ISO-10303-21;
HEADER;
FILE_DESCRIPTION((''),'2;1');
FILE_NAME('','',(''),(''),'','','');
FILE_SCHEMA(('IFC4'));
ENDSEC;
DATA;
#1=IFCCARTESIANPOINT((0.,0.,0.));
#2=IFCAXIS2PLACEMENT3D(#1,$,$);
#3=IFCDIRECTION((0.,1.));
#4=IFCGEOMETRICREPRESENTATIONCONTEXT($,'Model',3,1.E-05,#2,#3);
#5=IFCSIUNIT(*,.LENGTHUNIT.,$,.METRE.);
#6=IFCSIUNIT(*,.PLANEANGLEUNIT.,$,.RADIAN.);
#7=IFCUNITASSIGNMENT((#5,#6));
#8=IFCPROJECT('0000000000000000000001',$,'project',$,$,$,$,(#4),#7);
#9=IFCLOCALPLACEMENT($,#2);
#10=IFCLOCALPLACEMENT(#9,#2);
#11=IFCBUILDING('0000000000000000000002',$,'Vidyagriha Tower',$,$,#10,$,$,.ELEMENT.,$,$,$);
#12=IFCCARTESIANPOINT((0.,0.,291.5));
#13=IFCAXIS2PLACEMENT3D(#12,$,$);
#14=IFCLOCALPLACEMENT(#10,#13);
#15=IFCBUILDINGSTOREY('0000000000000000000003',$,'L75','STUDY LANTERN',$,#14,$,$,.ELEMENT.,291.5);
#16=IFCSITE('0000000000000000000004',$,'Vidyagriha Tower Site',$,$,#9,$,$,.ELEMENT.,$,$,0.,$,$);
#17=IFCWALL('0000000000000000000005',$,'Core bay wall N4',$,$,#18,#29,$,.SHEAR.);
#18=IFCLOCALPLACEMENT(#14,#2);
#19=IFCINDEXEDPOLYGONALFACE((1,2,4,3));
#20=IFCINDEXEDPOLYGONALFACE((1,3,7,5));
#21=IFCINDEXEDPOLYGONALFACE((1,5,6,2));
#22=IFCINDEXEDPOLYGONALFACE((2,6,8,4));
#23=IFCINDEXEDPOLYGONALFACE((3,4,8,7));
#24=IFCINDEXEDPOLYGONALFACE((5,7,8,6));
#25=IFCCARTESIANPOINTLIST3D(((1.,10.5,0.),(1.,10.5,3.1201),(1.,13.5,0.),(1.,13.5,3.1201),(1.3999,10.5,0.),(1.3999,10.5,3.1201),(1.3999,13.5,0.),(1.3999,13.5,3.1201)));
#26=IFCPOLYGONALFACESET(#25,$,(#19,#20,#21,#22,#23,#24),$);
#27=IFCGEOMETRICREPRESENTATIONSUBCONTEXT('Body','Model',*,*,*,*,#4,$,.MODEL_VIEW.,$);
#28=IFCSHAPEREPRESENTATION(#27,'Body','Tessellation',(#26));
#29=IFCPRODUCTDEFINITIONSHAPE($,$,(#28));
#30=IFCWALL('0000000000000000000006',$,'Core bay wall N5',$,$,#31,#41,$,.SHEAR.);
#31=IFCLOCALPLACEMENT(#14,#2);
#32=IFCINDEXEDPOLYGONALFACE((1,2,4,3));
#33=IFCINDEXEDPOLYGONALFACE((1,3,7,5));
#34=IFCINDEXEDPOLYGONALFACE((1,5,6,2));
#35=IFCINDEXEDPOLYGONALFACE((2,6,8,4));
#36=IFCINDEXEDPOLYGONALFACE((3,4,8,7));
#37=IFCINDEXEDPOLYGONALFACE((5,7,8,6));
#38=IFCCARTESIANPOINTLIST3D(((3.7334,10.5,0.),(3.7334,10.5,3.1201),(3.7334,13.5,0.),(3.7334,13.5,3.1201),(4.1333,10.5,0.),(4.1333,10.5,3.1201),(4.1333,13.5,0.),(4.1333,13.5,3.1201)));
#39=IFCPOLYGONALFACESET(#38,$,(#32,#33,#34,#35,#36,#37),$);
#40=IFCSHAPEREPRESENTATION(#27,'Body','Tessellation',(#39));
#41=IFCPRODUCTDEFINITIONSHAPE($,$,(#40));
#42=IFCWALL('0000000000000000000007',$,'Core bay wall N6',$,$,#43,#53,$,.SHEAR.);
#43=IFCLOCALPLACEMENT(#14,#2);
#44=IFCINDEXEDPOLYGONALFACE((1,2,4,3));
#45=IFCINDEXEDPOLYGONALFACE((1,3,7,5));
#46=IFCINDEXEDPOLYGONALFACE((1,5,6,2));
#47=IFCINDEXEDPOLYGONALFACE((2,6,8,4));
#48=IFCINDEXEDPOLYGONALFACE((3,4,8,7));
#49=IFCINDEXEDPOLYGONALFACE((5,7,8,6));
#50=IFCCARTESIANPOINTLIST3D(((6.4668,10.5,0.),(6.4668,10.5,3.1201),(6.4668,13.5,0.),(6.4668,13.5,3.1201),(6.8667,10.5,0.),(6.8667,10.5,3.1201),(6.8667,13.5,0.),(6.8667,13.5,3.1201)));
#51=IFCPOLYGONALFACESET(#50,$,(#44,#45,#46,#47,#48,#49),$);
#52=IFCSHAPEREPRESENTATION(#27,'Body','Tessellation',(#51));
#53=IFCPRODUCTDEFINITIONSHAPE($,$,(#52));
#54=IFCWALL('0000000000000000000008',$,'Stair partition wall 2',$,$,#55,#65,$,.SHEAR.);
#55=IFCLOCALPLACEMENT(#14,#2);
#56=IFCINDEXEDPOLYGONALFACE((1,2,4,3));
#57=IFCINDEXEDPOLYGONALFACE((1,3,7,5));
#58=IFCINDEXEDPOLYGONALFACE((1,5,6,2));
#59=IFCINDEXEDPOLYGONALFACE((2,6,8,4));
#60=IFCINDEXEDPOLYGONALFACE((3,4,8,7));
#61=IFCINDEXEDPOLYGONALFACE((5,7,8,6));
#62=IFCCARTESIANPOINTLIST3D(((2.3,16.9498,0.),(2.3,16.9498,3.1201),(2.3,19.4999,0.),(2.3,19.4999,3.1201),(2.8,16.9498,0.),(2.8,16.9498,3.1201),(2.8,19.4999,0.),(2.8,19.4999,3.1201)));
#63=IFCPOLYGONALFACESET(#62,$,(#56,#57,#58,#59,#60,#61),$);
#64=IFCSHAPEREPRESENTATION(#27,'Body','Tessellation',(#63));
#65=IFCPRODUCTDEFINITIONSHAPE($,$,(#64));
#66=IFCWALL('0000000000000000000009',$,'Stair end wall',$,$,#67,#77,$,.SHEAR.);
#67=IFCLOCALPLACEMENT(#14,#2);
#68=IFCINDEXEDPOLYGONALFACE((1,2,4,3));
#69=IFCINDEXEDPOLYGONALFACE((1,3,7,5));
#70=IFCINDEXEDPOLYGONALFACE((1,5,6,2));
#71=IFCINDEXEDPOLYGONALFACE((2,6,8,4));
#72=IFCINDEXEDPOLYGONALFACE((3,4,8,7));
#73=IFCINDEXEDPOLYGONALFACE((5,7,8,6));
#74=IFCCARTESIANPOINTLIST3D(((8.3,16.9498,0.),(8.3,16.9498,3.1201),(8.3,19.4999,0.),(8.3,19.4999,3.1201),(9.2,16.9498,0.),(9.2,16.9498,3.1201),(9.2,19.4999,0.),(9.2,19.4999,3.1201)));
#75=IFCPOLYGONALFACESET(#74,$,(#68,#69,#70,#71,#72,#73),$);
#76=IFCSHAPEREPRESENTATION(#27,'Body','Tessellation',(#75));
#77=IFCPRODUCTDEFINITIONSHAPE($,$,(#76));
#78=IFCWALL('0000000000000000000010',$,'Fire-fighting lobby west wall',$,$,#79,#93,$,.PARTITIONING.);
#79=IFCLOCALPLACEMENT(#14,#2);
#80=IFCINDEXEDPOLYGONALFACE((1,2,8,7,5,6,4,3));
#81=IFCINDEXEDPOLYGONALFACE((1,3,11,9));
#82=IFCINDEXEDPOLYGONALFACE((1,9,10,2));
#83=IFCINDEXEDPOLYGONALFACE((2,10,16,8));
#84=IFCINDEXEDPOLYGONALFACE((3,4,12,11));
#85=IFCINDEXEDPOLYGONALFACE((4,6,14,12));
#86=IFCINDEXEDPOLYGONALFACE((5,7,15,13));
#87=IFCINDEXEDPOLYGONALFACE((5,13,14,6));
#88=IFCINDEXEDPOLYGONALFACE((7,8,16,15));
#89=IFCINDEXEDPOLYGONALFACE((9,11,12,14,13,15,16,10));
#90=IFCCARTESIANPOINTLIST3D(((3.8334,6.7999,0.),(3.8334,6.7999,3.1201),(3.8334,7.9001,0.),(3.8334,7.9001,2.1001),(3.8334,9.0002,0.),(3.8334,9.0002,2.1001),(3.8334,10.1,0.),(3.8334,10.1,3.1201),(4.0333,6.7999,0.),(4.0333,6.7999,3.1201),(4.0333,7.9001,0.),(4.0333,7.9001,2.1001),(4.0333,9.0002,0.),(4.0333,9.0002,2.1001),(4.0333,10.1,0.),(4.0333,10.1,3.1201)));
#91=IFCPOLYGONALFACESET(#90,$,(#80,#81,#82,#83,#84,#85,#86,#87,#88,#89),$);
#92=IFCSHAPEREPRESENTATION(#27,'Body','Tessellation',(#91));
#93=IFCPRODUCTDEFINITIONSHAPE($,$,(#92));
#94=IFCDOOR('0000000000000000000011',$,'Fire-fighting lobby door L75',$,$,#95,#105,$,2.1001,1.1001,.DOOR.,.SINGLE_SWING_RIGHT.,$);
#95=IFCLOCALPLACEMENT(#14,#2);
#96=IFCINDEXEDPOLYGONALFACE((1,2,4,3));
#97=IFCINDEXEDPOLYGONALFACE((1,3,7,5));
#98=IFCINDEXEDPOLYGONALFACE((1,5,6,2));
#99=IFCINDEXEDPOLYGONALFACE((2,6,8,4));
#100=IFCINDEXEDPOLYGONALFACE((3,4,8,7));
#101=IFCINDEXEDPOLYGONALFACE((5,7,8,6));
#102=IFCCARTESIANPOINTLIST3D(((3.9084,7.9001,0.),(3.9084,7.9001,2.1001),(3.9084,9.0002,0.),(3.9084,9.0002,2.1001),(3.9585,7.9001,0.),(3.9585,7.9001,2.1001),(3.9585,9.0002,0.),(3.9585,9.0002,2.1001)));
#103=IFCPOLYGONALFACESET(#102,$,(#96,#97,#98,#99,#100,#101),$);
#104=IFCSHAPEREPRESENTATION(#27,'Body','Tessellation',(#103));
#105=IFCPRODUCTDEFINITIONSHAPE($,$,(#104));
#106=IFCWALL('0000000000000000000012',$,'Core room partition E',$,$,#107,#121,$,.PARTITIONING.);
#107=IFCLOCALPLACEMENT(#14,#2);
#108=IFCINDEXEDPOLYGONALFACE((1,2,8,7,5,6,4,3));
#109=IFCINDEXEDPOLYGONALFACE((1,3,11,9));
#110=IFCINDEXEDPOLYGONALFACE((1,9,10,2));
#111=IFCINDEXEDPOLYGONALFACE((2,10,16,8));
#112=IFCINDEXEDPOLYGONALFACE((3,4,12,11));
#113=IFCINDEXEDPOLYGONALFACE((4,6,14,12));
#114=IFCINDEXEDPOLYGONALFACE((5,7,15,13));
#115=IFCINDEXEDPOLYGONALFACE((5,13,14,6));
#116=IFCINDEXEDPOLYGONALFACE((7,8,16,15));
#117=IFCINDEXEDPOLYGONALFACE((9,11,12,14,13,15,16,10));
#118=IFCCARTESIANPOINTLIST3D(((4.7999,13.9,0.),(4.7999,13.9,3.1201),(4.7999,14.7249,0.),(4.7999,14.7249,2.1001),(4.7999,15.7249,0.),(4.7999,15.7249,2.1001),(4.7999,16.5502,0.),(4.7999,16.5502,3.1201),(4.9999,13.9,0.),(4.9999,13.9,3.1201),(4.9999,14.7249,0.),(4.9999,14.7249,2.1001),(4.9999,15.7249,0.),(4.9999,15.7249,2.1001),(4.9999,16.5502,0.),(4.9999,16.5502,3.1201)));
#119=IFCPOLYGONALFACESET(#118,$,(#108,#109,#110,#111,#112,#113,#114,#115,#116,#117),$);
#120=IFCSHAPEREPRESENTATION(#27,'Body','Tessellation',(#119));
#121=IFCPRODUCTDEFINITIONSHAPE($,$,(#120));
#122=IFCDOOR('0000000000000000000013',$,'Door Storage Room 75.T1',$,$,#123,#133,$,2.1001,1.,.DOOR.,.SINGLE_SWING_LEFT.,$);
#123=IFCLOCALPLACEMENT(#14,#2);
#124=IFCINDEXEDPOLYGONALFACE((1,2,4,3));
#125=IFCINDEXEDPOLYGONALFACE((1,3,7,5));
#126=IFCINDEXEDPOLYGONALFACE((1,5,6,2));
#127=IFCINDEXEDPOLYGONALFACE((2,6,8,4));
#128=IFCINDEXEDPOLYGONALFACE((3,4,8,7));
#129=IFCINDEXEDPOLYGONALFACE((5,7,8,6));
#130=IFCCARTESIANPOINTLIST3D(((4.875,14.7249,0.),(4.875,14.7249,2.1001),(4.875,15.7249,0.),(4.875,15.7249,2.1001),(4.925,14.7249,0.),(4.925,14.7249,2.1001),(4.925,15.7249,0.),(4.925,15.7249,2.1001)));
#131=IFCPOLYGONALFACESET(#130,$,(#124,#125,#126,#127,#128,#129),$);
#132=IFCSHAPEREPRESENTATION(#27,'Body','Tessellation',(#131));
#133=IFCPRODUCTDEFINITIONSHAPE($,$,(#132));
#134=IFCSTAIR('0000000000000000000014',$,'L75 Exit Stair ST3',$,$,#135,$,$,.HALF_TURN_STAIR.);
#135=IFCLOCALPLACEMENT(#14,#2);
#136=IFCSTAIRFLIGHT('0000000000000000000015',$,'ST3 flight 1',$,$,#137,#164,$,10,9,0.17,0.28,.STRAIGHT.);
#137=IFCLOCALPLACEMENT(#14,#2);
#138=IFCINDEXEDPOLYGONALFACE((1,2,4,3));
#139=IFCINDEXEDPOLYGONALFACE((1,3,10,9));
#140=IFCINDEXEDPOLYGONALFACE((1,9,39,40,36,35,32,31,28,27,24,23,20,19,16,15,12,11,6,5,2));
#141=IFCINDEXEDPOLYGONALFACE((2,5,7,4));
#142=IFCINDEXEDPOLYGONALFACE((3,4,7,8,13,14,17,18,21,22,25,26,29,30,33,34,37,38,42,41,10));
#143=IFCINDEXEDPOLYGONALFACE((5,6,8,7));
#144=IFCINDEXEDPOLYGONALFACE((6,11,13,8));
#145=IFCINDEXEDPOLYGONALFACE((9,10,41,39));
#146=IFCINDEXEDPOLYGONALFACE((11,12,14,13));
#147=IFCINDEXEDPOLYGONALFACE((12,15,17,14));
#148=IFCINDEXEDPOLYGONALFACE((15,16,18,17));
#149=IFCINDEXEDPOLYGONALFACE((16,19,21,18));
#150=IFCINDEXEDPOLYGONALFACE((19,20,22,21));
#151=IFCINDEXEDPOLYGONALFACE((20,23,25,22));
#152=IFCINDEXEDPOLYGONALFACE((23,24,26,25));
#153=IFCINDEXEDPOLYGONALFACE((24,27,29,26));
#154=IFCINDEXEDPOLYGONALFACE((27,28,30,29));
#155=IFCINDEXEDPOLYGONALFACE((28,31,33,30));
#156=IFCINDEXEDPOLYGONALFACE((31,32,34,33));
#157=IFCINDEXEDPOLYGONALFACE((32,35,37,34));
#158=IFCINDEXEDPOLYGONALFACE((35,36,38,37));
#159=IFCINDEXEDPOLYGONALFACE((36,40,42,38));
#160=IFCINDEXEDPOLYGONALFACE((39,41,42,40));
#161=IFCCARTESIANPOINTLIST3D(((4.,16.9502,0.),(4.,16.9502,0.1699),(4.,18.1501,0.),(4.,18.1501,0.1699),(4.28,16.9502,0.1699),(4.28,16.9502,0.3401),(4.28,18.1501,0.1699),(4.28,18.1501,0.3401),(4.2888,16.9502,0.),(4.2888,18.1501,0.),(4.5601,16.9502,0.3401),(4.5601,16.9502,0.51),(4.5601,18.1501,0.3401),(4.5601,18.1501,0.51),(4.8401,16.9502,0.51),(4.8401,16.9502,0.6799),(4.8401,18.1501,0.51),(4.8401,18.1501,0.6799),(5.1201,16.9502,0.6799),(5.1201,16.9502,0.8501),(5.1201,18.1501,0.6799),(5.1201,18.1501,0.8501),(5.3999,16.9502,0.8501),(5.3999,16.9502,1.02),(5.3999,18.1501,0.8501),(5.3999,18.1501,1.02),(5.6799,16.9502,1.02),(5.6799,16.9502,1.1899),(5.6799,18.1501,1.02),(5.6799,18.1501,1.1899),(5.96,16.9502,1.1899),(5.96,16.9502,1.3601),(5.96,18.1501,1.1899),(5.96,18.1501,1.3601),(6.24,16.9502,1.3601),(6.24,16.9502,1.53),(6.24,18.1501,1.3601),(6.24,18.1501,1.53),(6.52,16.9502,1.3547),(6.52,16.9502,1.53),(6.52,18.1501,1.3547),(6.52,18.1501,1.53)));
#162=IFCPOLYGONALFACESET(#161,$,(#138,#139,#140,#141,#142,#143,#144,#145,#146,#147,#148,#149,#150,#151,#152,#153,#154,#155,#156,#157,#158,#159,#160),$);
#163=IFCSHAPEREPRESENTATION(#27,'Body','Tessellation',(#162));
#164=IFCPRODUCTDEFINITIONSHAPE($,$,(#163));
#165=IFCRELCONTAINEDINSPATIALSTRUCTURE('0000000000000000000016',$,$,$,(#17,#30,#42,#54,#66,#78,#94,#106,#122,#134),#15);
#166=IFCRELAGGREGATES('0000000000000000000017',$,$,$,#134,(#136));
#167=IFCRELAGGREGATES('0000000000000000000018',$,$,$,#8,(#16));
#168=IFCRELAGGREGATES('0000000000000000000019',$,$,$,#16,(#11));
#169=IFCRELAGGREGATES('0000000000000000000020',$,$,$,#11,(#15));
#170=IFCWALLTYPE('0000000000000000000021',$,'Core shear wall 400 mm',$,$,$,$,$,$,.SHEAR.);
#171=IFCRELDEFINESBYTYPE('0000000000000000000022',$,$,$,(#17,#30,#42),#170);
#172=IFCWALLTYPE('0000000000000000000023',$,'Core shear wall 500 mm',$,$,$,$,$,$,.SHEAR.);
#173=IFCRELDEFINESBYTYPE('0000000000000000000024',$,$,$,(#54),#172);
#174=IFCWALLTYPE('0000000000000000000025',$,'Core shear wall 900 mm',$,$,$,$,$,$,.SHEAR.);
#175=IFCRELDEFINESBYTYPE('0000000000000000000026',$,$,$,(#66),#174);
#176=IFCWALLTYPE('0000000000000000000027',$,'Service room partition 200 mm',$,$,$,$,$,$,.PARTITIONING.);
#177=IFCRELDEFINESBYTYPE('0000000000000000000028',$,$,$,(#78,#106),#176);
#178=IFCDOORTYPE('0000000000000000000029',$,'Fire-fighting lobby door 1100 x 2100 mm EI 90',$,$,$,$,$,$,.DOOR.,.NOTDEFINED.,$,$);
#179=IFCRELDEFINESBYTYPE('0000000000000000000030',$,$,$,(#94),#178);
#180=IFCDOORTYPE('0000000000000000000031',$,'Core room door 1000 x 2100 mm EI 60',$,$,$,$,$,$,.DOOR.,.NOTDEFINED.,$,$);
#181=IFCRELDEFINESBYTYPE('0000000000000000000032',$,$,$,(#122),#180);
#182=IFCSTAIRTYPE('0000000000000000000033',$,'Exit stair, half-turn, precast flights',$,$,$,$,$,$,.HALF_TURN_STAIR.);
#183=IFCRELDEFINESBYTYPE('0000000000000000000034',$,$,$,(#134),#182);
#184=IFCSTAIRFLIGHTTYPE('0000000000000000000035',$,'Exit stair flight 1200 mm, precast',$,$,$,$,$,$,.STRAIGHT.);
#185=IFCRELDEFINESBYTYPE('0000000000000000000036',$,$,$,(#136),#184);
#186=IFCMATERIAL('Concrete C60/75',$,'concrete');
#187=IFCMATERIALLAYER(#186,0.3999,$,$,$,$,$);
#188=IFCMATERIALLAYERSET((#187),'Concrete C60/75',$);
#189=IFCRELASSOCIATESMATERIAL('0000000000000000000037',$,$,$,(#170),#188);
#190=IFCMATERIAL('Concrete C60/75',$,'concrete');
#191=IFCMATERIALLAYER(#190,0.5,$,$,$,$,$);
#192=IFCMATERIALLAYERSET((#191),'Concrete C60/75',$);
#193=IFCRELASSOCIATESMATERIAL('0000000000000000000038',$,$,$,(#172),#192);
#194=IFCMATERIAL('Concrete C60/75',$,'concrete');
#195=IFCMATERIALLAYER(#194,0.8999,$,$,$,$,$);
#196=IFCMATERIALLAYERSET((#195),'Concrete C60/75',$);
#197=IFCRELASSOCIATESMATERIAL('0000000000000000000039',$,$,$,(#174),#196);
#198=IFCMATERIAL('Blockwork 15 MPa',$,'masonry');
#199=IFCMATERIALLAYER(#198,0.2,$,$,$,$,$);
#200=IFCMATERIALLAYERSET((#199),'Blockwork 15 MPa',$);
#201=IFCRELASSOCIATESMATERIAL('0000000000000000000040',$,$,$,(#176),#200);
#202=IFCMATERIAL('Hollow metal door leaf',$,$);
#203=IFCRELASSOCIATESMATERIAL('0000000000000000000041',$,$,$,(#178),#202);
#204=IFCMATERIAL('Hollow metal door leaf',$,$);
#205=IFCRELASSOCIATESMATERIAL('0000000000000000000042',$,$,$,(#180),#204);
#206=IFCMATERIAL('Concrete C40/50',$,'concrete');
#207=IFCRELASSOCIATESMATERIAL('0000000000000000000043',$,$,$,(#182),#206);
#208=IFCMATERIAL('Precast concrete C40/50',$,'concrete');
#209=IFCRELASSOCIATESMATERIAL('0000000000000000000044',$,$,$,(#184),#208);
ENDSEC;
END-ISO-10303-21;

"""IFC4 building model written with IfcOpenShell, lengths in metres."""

from ifc_helpers import new_model, si_unit, direction, frame, frame_2d, origin, place, context, subcontext, project, spatial, polyline, rectangle, outline, extrude, material, layer, layer_set, type_object, element, fill, aggregate, save


model = new_model("IFC4")

# Units and contexts
model_context = context("Model", 3, precision=1e-05, world=origin(), true_north=direction((0.0, 1.0)))
body_context = subcontext(model_context, "Body", "Model", "MODEL_VIEW")
ifc_project = project(units=[si_unit("LENGTHUNIT", "METRE"), si_unit("PLANEANGLEUNIT", "RADIAN")], contexts=[model_context])

# Site, building, storey
site_placement = place(None, origin())
site = spatial("IfcSite", under=ifc_project, at=site_placement, Name="Vidyagriha Tower Site", CompositionType="ELEMENT", RefElevation=0.0)
building_placement = place(site_placement, origin())
building = spatial("IfcBuilding", under=site, at=building_placement, Name="Vidyagriha Tower", CompositionType="ELEMENT")
storey_placement = place(building_placement, frame((0.0, 0.0, 291.5)))
storey = spatial("IfcBuildingStorey", under=building, at=storey_placement, Name="L75", Description="STUDY LANTERN", CompositionType="ELEMENT", Elevation=291.5)

# Shared definitions
ifc_material_1 = material(Name="Concrete C60/75", Category="concrete")
ifc_layer_1 = layer(ifc_material_1, 0.3999)
ifc_layer_set_1 = layer_set([ifc_layer_1], Name="Concrete C60/75")
wall_type_1 = type_object("IfcWallType", Name="Core shear wall 400 mm", PredefinedType="SHEAR", material=ifc_layer_set_1)

# Walls
for number, where, z_axis, x_axis, name in (
    (1, (1.2, 10.5, 0.0), (0.0, 0.0, 1.0), (0.0, 1.0, 0.0), "Core bay wall N4"),
    (2, (3.9333, 10.5, 0.0), (0.0, 0.0, 1.0), (0.0, 1.0, 0.0), "Core bay wall N5"),
    (3, (6.6667, 10.5, 0.0), (0.0, 0.0, 1.0), (0.0, 1.0, 0.0), "Core bay wall N6"),
):
    element("IfcWall", number, at=place(storey_placement, frame(where, z_axis=z_axis, x_axis=x_axis)), inside=storey, type_object=wall_type_1, Name=name, PredefinedType="SHEAR", context=body_context, shape_type="SweptSolid", body=[
        extrude(rectangle(XDim=3.0, YDim=0.3999, at=frame_2d((1.5, 0.0))), origin(), (0.0, 0.0, 1.0), 3.1201),
    ])
ifc_material_2 = material(Name="Concrete C60/75", Category="concrete")
ifc_layer_2 = layer(ifc_material_2, 0.5)
ifc_layer_set_2 = layer_set([ifc_layer_2], Name="Concrete C60/75")
wall_type_2 = type_object("IfcWallType", Name="Core shear wall 500 mm", PredefinedType="SHEAR", material=ifc_layer_set_2)
wall_1_placement = place(storey_placement, frame((2.55, 16.95, 0.0), z_axis=(0.0, 0.0, 1.0), x_axis=(0.0, 1.0, 0.0)))
element("IfcWall", 4, at=wall_1_placement, inside=storey, type_object=wall_type_2, Name="Stair partition wall 2", PredefinedType="SHEAR", context=body_context, shape_type="SweptSolid", body=[
    extrude(rectangle(XDim=2.55, YDim=0.5, at=frame_2d((1.2749, 0.0))), origin(), (0.0, 0.0, 1.0), 3.1201),
])
ifc_material_3 = material(Name="Concrete C60/75", Category="concrete")
ifc_layer_3 = layer(ifc_material_3, 0.8999)
ifc_layer_set_3 = layer_set([ifc_layer_3], Name="Concrete C60/75")
wall_type_3 = type_object("IfcWallType", Name="Core shear wall 900 mm", PredefinedType="SHEAR", material=ifc_layer_set_3)
wall_2_placement = place(storey_placement, frame((8.75, 16.95, 0.0), z_axis=(0.0, 0.0, 1.0), x_axis=(0.0, 1.0, 0.0)))
element("IfcWall", 5, at=wall_2_placement, inside=storey, type_object=wall_type_3, Name="Stair end wall", PredefinedType="SHEAR", context=body_context, shape_type="SweptSolid", body=[
    extrude(rectangle(XDim=2.55, YDim=0.8999, at=frame_2d((1.2749, 0.0))), origin(), (0.0, 0.0, 1.0), 3.1201),
])

# Walls, openings, doors
ifc_material_4 = material(Name="Blockwork 15 MPa", Category="masonry")
ifc_layer_4 = layer(ifc_material_4, 0.2)
ifc_layer_set_4 = layer_set([ifc_layer_4], Name="Blockwork 15 MPa")
wall_type_4 = type_object("IfcWallType", Name="Service room partition 200 mm", PredefinedType="PARTITIONING", material=ifc_layer_set_4)
wall_3_placement = place(storey_placement, frame((3.9333, 6.8, 0.0), z_axis=(0.0, 0.0, 1.0), x_axis=(0.0, 1.0, 0.0)))
wall_3 = element("IfcWall", 6, at=wall_3_placement, inside=storey, type_object=wall_type_4, Name="Fire-fighting lobby west wall", PredefinedType="PARTITIONING", context=body_context, shape_type="SweptSolid", body=[
    extrude(rectangle(XDim=3.3, YDim=0.2, at=frame_2d((1.6499, 0.0))), origin(), (0.0, 0.0, 1.0), 3.1201),
])
opening_1_placement = place(wall_3_placement, frame((1.1001, 0.0, 0.0)))
opening_1 = element("IfcOpeningElement", 7, at=opening_1_placement, cuts=wall_3, PredefinedType="OPENING", context=body_context, shape_type="SweptSolid", body=[
    extrude(rectangle(XDim=1.1001, YDim=2.1001, at=frame_2d((0.55, 1.05))), frame((0.0, 0.1099, 0.0), z_axis=(0.0, -1.0, 0.0), x_axis=(1.0, 0.0, 0.0)), (0.0, 0.0, 1.0), 0.22),
])
ifc_material_5 = material(Name="Hollow metal door leaf")
door_type_1 = type_object("IfcDoorType", Name="Fire-fighting lobby door 1100 x 2100 mm EI 90", OperationType="NOTDEFINED", PredefinedType="DOOR", material=ifc_material_5)
door_1_placement = place(opening_1_placement, origin())
door_1 = element("IfcDoor", 8, at=door_1_placement, inside=storey, type_object=door_type_1, Name="Fire-fighting lobby door L75", OperationType="SINGLE_SWING_RIGHT", OverallHeight=2.1001, OverallWidth=1.1001, PredefinedType="DOOR", context=body_context, shape_type="SweptSolid", body=[
    extrude(rectangle(XDim=1.1001, YDim=2.1001, at=frame_2d((0.55, 1.05))), frame((0.0, 0.0249, 0.0), z_axis=(0.0, -1.0, 0.0), x_axis=(1.0, 0.0, 0.0)), (0.0, 0.0, 1.0), 0.05),
])
fill(opening_1, door_1)
wall_4_placement = place(storey_placement, frame((4.8999, 13.8999, 0.0), z_axis=(0.0, 0.0, 1.0), x_axis=(0.0, 1.0, 0.0)))
wall_4 = element("IfcWall", 9, at=wall_4_placement, inside=storey, type_object=wall_type_4, Name="Core room partition E", PredefinedType="PARTITIONING", context=body_context, shape_type="SweptSolid", body=[
    extrude(rectangle(XDim=2.6501, YDim=0.2, at=frame_2d((1.3252, 0.0))), origin(), (0.0, 0.0, 1.0), 3.1201),
])
opening_2_placement = place(wall_4_placement, frame((0.825, 0.0, 0.0)))
opening_2 = element("IfcOpeningElement", 10, at=opening_2_placement, cuts=wall_4, PredefinedType="OPENING", context=body_context, shape_type="SweptSolid", body=[
    extrude(rectangle(XDim=1.0, YDim=2.1001, at=frame_2d((0.5, 1.05))), frame((0.0, 0.1099, 0.0), z_axis=(0.0, -1.0, 0.0), x_axis=(1.0, 0.0, 0.0)), (0.0, 0.0, 1.0), 0.22),
])
ifc_material_6 = material(Name="Hollow metal door leaf")
door_type_2 = type_object("IfcDoorType", Name="Core room door 1000 x 2100 mm EI 60", OperationType="NOTDEFINED", PredefinedType="DOOR", material=ifc_material_6)
door_2_placement = place(opening_2_placement, origin())
door_2 = element("IfcDoor", 11, at=door_2_placement, inside=storey, type_object=door_type_2, Name="Door Storage Room 75.T1", OperationType="SINGLE_SWING_LEFT", OverallHeight=2.1001, OverallWidth=1.0, PredefinedType="DOOR", context=body_context, shape_type="SweptSolid", body=[
    extrude(rectangle(XDim=1.0, YDim=2.1001, at=frame_2d((0.5, 1.05))), frame((0.0, 0.0249, 0.0), z_axis=(0.0, -1.0, 0.0), x_axis=(1.0, 0.0, 0.0)), (0.0, 0.0, 1.0), 0.05),
])
fill(opening_2, door_2)

# Stair, stair flight
ifc_material_7 = material(Name="Concrete C40/50", Category="concrete")
stair_type = type_object("IfcStairType", Name="Exit stair, half-turn, precast flights", PredefinedType="HALF_TURN_STAIR", material=ifc_material_7)
stair_placement = place(storey_placement, origin())
stair = element("IfcStair", 12, at=stair_placement, inside=storey, type_object=stair_type, Name="L75 Exit Stair ST3", PredefinedType="HALF_TURN_STAIR")
ifc_material_8 = material(Name="Precast concrete C40/50", Category="concrete")
stair_flight_type = type_object("IfcStairFlightType", Name="Exit stair flight 1200 mm, precast", PredefinedType="STRAIGHT", material=ifc_material_8)
stair_flight_1_placement = place(storey_placement, frame((4.0, 17.55, 0.0)))
stair_flight_1 = element("IfcStairFlight", 13, at=stair_flight_1_placement, type_object=stair_flight_type, Name="ST3 flight 1", NumberOfRisers=10, NumberOfTreads=9, PredefinedType="STRAIGHT", RiserHeight=0.17, TreadLength=0.28, context=body_context, shape_type="SweptSolid", body=[
    extrude(outline(polyline([(0.0, 0.0), (0.0, 0.1699), (0.28, 0.1699), (0.28, 0.3401), (0.5601, 0.3401), (0.5601, 0.51), (0.8401, 0.51), (0.8401, 0.6799), (1.1201, 0.6799), (1.1201, 0.8501), (1.3999, 0.8501), (1.3999, 1.02), (1.6799, 1.02), (1.6799, 1.1899), (1.96, 1.1899), (1.96, 1.3601), (2.24, 1.3601), (2.24, 1.53), (2.52, 1.53), (2.52, 1.7), (2.52, 1.3547), (0.2888, 0.0), (0.0, 0.0)])), frame((0.0, 0.6001, 0.0), z_axis=(0.0, -1.0, 0.0), x_axis=(1.0, 0.0, 0.0)), (0.0, 0.0, 1.0), 1.2),
])
aggregate(stair, [stair_flight_1])

save(model, "model.ifc")
